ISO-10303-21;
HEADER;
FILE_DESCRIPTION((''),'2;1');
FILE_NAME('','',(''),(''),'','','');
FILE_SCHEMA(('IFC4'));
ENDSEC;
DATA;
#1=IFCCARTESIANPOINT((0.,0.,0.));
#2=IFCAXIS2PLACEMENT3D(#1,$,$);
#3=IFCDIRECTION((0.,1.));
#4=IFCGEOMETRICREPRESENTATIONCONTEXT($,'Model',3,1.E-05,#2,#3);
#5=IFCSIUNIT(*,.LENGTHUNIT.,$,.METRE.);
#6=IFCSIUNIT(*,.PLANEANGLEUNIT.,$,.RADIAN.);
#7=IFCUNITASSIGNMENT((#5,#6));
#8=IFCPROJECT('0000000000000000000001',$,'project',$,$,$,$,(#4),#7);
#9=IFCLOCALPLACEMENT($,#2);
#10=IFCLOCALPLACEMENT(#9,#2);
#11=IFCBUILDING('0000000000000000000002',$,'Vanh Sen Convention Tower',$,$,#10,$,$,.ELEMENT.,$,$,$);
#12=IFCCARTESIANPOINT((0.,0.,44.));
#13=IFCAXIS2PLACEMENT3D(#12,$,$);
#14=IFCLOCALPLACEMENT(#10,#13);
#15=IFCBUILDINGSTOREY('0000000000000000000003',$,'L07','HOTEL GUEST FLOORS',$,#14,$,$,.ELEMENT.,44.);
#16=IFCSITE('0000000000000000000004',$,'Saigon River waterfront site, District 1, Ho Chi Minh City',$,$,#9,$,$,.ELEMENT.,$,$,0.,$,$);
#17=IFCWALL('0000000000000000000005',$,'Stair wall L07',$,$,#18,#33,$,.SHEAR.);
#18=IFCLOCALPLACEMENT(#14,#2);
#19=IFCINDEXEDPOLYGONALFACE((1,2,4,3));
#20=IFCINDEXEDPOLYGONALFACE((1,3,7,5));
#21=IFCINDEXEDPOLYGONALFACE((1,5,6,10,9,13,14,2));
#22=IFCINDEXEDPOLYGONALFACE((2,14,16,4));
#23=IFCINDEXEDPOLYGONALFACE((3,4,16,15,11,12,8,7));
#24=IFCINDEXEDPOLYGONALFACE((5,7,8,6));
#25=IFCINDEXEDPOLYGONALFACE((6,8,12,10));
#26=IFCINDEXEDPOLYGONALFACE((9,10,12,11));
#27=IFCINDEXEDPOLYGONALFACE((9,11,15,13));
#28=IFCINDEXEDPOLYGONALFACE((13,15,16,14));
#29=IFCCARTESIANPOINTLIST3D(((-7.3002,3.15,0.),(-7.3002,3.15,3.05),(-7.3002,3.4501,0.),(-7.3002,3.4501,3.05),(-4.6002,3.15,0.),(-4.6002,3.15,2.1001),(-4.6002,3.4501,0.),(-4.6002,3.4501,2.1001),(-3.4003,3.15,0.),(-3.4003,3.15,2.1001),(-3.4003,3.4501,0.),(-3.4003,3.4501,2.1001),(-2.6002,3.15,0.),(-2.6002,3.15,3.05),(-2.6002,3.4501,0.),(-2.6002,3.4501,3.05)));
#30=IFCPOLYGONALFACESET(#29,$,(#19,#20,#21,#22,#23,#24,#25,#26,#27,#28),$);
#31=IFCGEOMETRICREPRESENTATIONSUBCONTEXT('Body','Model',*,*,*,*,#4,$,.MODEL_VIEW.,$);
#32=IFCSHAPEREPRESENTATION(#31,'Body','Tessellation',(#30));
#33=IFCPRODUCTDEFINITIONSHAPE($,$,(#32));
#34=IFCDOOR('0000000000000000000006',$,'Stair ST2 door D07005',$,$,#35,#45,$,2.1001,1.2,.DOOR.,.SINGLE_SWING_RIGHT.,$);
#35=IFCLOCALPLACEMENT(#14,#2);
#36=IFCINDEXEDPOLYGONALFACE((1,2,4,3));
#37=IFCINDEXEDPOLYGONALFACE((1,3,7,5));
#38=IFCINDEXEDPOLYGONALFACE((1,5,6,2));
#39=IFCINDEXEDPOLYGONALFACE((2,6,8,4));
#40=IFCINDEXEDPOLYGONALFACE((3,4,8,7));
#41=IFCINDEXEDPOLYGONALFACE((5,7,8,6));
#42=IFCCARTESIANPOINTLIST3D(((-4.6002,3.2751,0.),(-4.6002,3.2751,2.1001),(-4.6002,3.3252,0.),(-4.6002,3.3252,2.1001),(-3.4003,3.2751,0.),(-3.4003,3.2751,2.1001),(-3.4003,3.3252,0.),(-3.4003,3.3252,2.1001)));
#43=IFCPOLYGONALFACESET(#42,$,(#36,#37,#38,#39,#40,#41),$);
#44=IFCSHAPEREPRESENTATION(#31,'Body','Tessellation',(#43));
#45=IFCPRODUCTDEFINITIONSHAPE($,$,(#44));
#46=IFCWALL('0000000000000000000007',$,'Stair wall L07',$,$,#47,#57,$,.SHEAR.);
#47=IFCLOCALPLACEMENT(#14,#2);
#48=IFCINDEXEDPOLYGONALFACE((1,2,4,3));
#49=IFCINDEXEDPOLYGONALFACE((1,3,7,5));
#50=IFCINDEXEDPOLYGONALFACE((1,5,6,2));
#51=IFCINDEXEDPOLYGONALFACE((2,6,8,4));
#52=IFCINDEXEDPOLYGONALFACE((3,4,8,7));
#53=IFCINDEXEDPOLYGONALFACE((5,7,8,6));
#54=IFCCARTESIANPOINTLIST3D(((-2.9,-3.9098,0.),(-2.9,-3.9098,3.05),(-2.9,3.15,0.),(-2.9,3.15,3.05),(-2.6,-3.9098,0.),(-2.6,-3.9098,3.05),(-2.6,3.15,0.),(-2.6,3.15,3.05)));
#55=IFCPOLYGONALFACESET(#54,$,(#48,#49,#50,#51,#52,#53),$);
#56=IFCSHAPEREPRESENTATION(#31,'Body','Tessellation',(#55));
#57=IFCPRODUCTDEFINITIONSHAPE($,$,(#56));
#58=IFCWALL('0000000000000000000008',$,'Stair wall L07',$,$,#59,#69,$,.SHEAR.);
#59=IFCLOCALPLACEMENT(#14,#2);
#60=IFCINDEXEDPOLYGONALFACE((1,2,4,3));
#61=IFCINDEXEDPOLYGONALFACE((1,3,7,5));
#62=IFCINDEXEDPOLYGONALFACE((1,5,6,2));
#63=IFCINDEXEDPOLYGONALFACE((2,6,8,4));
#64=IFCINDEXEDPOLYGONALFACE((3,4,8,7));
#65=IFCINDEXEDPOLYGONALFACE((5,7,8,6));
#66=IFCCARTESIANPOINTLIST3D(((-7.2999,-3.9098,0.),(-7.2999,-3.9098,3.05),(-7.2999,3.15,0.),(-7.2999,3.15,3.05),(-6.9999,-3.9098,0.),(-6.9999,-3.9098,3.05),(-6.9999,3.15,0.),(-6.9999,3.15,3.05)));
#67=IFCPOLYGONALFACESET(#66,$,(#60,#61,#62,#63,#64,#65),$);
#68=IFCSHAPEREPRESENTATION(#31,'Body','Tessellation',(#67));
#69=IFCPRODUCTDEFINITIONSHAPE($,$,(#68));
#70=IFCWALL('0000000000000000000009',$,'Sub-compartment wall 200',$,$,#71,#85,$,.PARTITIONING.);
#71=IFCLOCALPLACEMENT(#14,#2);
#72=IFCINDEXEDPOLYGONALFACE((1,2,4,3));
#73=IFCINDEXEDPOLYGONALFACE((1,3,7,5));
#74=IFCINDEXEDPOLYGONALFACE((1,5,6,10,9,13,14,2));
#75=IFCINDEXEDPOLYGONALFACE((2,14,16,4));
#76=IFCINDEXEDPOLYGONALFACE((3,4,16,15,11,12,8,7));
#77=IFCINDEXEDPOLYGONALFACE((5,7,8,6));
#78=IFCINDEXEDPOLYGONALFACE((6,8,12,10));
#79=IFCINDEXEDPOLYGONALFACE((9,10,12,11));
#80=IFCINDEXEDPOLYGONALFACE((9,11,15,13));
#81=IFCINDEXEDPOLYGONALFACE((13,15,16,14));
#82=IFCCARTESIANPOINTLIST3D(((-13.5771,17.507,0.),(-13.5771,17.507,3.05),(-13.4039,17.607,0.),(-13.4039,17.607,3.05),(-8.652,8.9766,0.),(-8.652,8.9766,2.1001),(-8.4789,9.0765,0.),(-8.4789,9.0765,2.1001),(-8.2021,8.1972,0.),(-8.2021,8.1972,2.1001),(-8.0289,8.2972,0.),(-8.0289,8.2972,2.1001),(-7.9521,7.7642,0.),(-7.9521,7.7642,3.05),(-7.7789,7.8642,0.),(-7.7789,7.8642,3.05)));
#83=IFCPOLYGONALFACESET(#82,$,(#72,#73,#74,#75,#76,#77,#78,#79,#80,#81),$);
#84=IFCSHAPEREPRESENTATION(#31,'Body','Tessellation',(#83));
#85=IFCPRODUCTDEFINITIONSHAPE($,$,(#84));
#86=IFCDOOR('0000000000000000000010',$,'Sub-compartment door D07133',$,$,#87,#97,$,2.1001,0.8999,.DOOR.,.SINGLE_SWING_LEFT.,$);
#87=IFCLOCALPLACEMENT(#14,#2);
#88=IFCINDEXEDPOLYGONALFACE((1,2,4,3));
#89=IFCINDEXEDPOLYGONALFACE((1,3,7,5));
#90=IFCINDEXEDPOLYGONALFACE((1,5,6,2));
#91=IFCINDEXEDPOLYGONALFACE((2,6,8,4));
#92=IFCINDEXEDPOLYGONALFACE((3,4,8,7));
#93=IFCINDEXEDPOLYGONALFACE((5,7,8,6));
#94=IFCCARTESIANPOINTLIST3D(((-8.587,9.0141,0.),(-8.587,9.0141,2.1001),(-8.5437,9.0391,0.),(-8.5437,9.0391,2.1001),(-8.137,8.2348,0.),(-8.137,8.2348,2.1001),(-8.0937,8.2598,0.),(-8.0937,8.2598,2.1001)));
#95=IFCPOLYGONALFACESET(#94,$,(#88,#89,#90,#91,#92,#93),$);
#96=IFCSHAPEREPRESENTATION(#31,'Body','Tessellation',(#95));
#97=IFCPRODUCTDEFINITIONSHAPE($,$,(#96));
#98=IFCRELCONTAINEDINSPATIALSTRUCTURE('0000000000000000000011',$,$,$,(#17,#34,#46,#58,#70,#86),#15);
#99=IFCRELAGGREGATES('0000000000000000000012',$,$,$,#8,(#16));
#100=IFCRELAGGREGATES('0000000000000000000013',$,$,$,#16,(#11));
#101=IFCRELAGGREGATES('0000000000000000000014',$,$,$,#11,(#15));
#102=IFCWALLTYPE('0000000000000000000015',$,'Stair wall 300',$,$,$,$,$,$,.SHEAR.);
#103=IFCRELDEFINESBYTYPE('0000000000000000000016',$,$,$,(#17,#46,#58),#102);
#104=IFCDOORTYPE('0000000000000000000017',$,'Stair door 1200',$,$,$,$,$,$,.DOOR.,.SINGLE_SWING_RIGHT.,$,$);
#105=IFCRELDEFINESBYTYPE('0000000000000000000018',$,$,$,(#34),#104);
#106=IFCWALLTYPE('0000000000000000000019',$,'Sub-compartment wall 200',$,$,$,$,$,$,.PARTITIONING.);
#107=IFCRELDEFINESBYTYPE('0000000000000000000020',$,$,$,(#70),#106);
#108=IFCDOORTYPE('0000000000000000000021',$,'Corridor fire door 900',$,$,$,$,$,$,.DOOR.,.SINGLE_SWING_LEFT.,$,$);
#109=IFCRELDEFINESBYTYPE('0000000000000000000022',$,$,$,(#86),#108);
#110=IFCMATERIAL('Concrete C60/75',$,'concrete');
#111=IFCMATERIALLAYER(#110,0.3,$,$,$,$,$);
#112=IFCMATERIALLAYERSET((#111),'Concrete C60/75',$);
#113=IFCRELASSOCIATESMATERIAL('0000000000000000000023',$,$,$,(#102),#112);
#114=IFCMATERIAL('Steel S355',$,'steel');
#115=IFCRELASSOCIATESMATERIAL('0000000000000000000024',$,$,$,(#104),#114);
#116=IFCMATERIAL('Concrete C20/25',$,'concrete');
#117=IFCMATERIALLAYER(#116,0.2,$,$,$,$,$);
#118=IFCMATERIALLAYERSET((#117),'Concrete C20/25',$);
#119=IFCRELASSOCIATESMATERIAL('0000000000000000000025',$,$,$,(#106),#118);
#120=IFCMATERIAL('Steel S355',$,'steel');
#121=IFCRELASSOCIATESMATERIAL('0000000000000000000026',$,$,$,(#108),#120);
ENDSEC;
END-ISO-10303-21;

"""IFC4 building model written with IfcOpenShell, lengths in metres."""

from ifc_helpers import new_model, si_unit, direction, frame, frame_2d, origin, place, context, subcontext, project, spatial, rectangle, extrude, material, layer, layer_set, type_object, element, fill, save


model = new_model("IFC4")

# Units and contexts
model_context = context("Model", 3, precision=1e-05, world=origin(), true_north=direction((0.0, 1.0)))
body_context = subcontext(model_context, "Body", "Model", "MODEL_VIEW")
ifc_project = project(units=[si_unit("LENGTHUNIT", "METRE"), si_unit("PLANEANGLEUNIT", "RADIAN")], contexts=[model_context])

# Site, building, storey
site_placement = place(None, origin())
site = spatial("IfcSite", under=ifc_project, at=site_placement, Name="Saigon River waterfront site, District 1, Ho Chi Minh City", CompositionType="ELEMENT", RefElevation=0.0)
building_placement = place(site_placement, origin())
building = spatial("IfcBuilding", under=site, at=building_placement, Name="Vanh Sen Convention Tower", CompositionType="ELEMENT")
storey_placement = place(building_placement, frame((0.0, 0.0, 44.0)))
storey = spatial("IfcBuildingStorey", under=building, at=storey_placement, Name="L07", Description="HOTEL GUEST FLOORS", CompositionType="ELEMENT", Elevation=44.0)

# Shared definitions
ifc_material_1 = material(Name="Steel S355", Category="steel")

# Shared definitions
ifc_material_2 = material(Name="Concrete C60/75", Category="concrete")

# Shared definitions
ifc_layer_1 = layer(ifc_material_2, 0.3)
ifc_layer_set_1 = layer_set([ifc_layer_1], Name="Concrete C60/75")
wall_type_1 = type_object("IfcWallType", Name="Stair wall 300", PredefinedType="SHEAR", material=ifc_layer_set_1)

# Wall, opening, door
wall_1_placement = place(storey_placement, frame((-2.6001, 3.3, 0.0), z_axis=(0.0, 0.0, 1.0), x_axis=(-1.0, 0.0, 0.0)))
wall_1 = element("IfcWall", 1, at=wall_1_placement, inside=storey, type_object=wall_type_1, Name="Stair wall L07", PredefinedType="SHEAR", context=body_context, shape_type="SweptSolid", body=[
    extrude(rectangle(XDim=4.7, YDim=0.3, at=frame_2d((2.3501, 0.0))), origin(), (0.0, 0.0, 1.0), 3.05),
])
opening_1_placement = place(wall_1_placement, frame((0.8, 0.0, 0.0)))
opening_1 = element("IfcOpeningElement", 2, at=opening_1_placement, cuts=wall_1, PredefinedType="OPENING", context=body_context, shape_type="SweptSolid", body=[
    extrude(rectangle(XDim=1.2, YDim=2.1001, at=frame_2d((0.6001, 1.05))), frame((0.0, 0.1599, 0.0), z_axis=(0.0, -1.0, 0.0), x_axis=(1.0, 0.0, 0.0)), (0.0, 0.0, 1.0), 0.3201),
])
door_type_1 = type_object("IfcDoorType", Name="Stair door 1200", OperationType="SINGLE_SWING_RIGHT", PredefinedType="DOOR", material=ifc_material_1)
door_1_placement = place(opening_1_placement, origin())
door_1 = element("IfcDoor", 3, at=door_1_placement, inside=storey, type_object=door_type_1, Name="Stair ST2 door D07005", OperationType="SINGLE_SWING_RIGHT", OverallHeight=2.1001, OverallWidth=1.2, PredefinedType="DOOR", context=body_context, shape_type="SweptSolid", body=[
    extrude(rectangle(XDim=1.2, YDim=2.1001, at=frame_2d((0.6001, 1.05))), frame((0.0, 0.0249, 0.0), z_axis=(0.0, -1.0, 0.0), x_axis=(1.0, 0.0, 0.0)), (0.0, 0.0, 1.0), 0.05),
])
fill(opening_1, door_1)

# Walls
for number, where, z_axis, x_axis, name in (
    (4, (-2.75, 3.1499, 0.0), (0.0, 0.0, 1.0), (0.0, -1.0, 0.0), "Stair wall L07"),
    (5, (-7.1499, 3.1499, 0.0), (0.0, 0.0, 1.0), (0.0, -1.0, 0.0), "Stair wall L07"),
):
    element("IfcWall", number, at=place(storey_placement, frame(where, z_axis=z_axis, x_axis=x_axis)), inside=storey, type_object=wall_type_1, Name=name, PredefinedType="SHEAR", context=body_context, shape_type="SweptSolid", body=[
        extrude(rectangle(XDim=7.0598, YDim=0.3, at=frame_2d((3.5298, 0.0))), origin(), (0.0, 0.0, 1.0), 3.05),
    ])

# Wall, opening, door
ifc_material_3 = material(Name="Concrete C20/25", Category="concrete")
ifc_layer_2 = layer(ifc_material_3, 0.2)
ifc_layer_set_2 = layer_set([ifc_layer_2], Name="Concrete C20/25")
wall_type_2 = type_object("IfcWallType", Name="Sub-compartment wall 200", PredefinedType="PARTITIONING", material=ifc_layer_set_2)
wall_2_placement = place(storey_placement, frame((-7.8655, 7.8142, 0.0), z_axis=(0.0, 0.0, 1.0), x_axis=(-0.500004, 0.866023, 0.0)))
wall_2 = element("IfcWall", 6, at=wall_2_placement, inside=storey, type_object=wall_type_2, Name="Sub-compartment wall 200", PredefinedType="PARTITIONING", context=body_context, shape_type="SweptSolid", body=[
    extrude(rectangle(XDim=11.25, YDim=0.2, at=frame_2d((5.625, 0.0))), origin(), (0.0, 0.0, 1.0), 3.05),
])
opening_2_placement = place(wall_2_placement, frame((0.5, 0.0, 0.0)))
opening_2 = element("IfcOpeningElement", 7, at=opening_2_placement, cuts=wall_2, PredefinedType="OPENING", context=body_context, shape_type="SweptSolid", body=[
    extrude(rectangle(XDim=0.8999, YDim=2.1001, at=frame_2d((0.45, 1.05))), frame((0.0, 0.1099, 0.0), z_axis=(0.0, -1.0, 0.0), x_axis=(1.0, 0.0, 0.0)), (0.0, 0.0, 1.0), 0.22),
])
ifc_material_4 = material(Name="Steel S355", Category="steel")
door_type_2 = type_object("IfcDoorType", Name="Corridor fire door 900", OperationType="SINGLE_SWING_LEFT", PredefinedType="DOOR", material=ifc_material_4)
door_2_placement = place(opening_2_placement, origin())
door_2 = element("IfcDoor", 8, at=door_2_placement, inside=storey, type_object=door_type_2, Name="Sub-compartment door D07133", OperationType="SINGLE_SWING_LEFT", OverallHeight=2.1001, OverallWidth=0.8999, PredefinedType="DOOR", context=body_context, shape_type="SweptSolid", body=[
    extrude(rectangle(XDim=0.8999, YDim=2.1001, at=frame_2d((0.45, 1.05))), frame((0.0, 0.0249, 0.0), z_axis=(0.0, -1.0, 0.0), x_axis=(1.0, 0.0, 0.0)), (0.0, 0.0, 1.0), 0.05),
])
fill(opening_2, door_2)

save(model, "model.ifc")
